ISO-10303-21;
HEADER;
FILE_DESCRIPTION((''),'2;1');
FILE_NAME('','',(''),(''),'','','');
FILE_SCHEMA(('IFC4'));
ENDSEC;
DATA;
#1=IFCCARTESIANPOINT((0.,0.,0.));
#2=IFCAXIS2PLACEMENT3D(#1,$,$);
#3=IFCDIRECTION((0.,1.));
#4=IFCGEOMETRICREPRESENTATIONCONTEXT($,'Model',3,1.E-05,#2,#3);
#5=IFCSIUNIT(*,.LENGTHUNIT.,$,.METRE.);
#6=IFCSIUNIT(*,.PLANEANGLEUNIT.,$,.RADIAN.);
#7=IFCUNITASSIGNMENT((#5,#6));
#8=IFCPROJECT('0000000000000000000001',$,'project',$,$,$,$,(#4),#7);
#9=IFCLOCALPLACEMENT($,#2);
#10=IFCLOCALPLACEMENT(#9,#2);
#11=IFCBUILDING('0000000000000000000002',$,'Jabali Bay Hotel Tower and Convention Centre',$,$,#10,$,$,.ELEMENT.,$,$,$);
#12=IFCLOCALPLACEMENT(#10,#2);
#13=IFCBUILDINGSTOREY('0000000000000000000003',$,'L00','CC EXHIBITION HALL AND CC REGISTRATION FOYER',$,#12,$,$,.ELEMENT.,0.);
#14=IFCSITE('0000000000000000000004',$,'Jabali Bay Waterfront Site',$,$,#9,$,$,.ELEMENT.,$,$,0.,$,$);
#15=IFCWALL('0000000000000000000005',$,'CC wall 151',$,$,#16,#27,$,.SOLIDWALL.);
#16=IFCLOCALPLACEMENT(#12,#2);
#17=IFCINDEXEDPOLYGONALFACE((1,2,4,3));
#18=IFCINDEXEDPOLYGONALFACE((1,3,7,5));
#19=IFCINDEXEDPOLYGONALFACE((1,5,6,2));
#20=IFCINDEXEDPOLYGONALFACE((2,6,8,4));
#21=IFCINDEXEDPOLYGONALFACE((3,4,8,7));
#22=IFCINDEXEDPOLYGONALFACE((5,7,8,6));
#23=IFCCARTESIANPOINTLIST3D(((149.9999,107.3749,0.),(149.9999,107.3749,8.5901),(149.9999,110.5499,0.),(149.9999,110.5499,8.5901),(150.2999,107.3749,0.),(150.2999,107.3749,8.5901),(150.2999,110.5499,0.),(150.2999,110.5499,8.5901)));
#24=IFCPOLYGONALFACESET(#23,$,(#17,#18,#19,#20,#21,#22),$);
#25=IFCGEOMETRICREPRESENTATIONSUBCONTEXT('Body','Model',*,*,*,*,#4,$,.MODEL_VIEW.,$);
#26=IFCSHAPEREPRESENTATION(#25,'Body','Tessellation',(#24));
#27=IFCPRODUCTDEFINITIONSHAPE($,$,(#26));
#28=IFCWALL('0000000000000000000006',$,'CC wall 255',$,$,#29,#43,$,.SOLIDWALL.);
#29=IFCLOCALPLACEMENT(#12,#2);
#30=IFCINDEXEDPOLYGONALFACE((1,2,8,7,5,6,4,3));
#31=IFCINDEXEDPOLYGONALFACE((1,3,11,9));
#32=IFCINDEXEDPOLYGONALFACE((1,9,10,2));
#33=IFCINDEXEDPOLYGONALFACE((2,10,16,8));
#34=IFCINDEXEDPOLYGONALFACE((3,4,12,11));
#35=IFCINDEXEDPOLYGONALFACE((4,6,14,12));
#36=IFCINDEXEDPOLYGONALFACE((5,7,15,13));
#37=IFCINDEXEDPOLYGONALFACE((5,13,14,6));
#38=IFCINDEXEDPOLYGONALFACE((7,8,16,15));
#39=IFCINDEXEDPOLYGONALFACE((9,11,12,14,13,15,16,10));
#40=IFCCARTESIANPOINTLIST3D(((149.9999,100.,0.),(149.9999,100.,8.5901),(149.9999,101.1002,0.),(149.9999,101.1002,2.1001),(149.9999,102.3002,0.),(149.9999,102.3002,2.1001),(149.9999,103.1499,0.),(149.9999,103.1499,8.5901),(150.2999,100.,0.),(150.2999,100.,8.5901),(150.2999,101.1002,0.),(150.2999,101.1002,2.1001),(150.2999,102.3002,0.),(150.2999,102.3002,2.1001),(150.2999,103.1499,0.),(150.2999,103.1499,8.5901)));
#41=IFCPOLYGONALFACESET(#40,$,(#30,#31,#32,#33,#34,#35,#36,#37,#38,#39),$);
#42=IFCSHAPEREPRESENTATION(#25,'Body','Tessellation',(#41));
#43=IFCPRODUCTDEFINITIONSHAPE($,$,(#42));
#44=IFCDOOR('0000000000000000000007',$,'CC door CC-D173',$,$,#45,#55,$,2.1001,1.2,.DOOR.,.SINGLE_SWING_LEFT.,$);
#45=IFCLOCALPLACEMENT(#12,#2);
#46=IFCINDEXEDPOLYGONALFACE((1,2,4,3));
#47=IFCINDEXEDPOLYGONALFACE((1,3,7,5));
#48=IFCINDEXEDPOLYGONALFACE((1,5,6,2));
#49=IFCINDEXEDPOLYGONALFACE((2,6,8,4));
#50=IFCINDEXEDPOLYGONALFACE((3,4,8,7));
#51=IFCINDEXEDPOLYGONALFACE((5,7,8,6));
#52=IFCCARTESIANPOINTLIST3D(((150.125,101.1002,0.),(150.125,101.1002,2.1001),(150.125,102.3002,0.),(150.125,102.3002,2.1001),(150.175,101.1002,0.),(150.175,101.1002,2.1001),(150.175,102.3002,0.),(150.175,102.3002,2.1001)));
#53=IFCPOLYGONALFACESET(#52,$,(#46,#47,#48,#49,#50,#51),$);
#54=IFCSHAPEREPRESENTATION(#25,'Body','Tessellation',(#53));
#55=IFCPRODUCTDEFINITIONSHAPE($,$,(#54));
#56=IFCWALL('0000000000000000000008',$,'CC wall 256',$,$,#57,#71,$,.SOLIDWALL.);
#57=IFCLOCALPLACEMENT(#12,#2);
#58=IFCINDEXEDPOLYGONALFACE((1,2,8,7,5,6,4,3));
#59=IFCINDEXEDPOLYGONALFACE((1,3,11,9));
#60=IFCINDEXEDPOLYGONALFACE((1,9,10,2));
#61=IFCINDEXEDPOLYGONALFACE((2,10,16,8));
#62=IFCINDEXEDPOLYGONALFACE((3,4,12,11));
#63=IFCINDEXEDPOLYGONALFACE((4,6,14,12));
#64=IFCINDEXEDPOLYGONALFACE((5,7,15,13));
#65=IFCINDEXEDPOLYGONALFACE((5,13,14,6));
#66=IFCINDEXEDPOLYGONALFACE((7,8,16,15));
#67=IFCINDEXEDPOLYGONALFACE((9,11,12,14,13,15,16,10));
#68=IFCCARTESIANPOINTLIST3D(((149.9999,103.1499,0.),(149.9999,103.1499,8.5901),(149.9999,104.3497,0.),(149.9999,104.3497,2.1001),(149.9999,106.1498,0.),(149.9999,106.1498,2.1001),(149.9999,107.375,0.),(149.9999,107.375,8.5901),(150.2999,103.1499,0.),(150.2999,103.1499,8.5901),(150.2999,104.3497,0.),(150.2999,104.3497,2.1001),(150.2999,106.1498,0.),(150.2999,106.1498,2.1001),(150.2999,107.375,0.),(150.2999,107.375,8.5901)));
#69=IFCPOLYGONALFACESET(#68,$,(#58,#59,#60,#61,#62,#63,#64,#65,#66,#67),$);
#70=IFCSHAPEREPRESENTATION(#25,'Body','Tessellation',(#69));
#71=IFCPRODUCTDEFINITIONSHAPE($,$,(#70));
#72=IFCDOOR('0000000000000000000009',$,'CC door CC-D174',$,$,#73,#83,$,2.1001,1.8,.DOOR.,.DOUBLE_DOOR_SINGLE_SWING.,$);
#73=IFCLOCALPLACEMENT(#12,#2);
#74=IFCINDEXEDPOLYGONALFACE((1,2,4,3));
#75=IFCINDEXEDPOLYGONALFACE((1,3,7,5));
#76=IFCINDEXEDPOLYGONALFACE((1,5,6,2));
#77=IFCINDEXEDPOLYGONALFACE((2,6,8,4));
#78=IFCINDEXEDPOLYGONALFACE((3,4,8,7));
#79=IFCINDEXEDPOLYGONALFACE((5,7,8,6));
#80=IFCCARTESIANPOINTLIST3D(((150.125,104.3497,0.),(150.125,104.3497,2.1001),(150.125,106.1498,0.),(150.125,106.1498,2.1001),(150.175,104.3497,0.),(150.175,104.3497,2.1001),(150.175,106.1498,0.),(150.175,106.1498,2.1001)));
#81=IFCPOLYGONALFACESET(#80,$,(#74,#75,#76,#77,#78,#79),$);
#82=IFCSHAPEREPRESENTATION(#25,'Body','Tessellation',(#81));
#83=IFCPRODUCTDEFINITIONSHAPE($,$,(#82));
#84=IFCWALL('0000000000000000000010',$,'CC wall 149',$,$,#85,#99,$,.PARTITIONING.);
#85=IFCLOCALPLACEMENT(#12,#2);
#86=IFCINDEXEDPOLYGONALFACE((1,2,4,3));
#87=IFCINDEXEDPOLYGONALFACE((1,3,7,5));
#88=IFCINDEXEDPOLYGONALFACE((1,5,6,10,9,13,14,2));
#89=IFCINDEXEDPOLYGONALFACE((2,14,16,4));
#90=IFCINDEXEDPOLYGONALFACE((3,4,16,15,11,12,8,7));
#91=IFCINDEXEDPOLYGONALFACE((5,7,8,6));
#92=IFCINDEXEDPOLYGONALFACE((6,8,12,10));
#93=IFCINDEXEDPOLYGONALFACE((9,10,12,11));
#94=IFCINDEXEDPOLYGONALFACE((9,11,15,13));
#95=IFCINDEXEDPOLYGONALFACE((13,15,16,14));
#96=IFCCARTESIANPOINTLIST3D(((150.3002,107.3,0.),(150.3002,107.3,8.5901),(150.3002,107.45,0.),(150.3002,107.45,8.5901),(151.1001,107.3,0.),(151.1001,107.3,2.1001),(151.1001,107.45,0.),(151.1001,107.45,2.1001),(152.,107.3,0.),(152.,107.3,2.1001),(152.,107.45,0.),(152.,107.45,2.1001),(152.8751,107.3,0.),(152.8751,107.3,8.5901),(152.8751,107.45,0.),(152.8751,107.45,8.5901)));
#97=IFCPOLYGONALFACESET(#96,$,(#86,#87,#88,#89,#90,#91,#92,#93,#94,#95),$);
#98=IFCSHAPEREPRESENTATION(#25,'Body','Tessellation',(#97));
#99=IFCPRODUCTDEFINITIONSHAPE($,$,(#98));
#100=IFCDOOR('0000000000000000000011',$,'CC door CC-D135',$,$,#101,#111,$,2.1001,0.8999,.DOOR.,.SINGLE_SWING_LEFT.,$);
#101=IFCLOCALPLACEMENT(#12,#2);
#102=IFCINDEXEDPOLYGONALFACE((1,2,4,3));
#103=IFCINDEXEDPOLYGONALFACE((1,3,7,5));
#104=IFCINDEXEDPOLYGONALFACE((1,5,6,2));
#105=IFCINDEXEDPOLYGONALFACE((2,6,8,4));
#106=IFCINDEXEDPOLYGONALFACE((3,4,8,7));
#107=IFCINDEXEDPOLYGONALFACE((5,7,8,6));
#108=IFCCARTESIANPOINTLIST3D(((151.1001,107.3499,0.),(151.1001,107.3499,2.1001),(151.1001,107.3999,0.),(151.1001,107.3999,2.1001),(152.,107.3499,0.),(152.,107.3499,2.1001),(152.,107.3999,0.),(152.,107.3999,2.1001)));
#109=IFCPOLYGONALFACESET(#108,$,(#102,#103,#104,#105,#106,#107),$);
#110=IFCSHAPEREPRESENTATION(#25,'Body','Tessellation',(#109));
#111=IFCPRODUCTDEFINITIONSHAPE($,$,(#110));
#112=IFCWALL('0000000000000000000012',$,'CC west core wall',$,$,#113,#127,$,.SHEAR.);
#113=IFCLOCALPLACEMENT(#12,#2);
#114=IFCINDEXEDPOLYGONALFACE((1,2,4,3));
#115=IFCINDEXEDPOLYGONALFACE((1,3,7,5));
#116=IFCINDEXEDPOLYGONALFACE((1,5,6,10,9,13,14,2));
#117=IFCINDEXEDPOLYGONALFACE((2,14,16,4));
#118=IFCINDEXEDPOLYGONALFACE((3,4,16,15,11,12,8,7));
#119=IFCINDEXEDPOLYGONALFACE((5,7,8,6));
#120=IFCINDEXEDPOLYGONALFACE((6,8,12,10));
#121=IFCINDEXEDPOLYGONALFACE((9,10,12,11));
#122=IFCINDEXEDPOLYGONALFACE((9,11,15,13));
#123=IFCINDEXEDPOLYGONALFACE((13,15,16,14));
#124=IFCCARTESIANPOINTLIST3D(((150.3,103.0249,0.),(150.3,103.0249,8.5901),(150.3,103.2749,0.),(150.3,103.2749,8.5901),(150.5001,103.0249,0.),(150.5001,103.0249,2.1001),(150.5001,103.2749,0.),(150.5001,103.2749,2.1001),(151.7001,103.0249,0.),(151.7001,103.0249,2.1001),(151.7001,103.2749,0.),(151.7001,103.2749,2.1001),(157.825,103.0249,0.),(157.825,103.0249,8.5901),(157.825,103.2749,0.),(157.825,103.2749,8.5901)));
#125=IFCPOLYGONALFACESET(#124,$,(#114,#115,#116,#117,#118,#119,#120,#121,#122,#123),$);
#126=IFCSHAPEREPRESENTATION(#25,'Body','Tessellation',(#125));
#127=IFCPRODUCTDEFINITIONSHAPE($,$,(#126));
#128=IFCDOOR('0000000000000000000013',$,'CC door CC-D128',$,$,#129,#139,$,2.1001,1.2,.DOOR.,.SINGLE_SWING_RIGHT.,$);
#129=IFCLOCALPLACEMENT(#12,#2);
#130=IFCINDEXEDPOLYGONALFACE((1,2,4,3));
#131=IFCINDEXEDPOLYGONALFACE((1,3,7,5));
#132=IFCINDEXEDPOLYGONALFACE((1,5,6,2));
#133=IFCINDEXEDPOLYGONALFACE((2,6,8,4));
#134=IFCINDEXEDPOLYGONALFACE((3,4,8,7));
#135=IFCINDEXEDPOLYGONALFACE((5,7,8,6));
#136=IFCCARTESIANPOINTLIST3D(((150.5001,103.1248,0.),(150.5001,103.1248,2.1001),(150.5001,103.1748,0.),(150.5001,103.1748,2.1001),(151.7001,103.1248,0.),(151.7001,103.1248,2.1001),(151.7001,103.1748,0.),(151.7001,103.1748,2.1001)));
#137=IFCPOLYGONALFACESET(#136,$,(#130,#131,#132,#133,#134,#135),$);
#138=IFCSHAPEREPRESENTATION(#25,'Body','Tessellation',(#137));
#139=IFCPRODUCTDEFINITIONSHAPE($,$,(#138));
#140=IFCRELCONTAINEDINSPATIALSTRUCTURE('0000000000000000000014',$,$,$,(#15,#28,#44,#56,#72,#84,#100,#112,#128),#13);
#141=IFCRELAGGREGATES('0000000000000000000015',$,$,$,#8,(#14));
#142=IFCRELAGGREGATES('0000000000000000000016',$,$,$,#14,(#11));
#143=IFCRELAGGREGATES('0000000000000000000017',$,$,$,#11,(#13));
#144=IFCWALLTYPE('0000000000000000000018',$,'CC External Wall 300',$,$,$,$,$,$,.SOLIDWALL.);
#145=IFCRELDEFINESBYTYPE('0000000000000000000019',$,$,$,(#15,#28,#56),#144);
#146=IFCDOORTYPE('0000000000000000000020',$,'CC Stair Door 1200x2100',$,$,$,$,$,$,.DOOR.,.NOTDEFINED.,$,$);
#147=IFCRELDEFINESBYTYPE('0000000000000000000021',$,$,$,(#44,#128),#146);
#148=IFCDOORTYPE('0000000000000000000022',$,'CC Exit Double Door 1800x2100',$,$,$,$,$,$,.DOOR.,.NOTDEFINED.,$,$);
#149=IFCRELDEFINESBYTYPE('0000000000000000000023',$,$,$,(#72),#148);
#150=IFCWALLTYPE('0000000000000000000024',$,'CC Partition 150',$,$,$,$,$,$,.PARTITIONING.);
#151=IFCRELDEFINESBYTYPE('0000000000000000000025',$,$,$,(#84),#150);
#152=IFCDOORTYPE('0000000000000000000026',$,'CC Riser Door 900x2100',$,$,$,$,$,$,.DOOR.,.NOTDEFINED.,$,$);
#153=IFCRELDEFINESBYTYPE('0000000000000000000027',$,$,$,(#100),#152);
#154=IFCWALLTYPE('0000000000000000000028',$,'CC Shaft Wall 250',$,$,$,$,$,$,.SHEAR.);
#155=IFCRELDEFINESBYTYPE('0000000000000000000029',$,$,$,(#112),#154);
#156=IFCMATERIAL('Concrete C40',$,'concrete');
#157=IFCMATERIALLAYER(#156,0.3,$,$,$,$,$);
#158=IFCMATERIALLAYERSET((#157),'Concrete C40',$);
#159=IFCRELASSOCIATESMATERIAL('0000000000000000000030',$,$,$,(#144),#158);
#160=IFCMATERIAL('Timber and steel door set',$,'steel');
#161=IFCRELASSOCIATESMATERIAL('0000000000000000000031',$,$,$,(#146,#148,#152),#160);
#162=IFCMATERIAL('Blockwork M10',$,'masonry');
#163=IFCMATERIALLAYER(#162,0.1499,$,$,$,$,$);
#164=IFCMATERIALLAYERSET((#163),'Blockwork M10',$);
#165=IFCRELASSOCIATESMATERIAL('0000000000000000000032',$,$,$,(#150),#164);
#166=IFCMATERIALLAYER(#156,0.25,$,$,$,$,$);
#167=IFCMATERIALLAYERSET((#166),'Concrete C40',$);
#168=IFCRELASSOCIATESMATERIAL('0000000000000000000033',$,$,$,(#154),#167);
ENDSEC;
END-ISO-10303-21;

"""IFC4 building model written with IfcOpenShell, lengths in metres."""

from ifc_helpers import new_model, si_unit, direction, frame, frame_2d, origin, place, context, subcontext, project, spatial, rectangle, extrude, material, layer, layer_set, type_object, element, fill, save


model = new_model("IFC4")

# Units and contexts
model_context = context("Model", 3, precision=1e-05, world=origin(), true_north=direction((0.0, 1.0)))
body_context = subcontext(model_context, "Body", "Model", "MODEL_VIEW")
ifc_project = project(units=[si_unit("LENGTHUNIT", "METRE"), si_unit("PLANEANGLEUNIT", "RADIAN")], contexts=[model_context])

# Site, building, storey
site_placement = place(None, origin())
site = spatial("IfcSite", under=ifc_project, at=site_placement, Name="Jabali Bay Waterfront Site", CompositionType="ELEMENT", RefElevation=0.0)
building_placement = place(site_placement, origin())
building = spatial("IfcBuilding", under=site, at=building_placement, Name="Jabali Bay Hotel Tower and Convention Centre", CompositionType="ELEMENT")
storey_placement = place(building_placement, origin())
storey = spatial("IfcBuildingStorey", under=building, at=storey_placement, Name="L00", Description="CC EXHIBITION HALL AND CC REGISTRATION FOYER", CompositionType="ELEMENT", Elevation=0.0)

# Shared definitions
ifc_material_1 = material(Name="Concrete C40", Category="concrete")

# Wall
ifc_layer_1 = layer(ifc_material_1, 0.3)
ifc_layer_set_1 = layer_set([ifc_layer_1], Name="Concrete C40")
wall_type_1 = type_object("IfcWallType", Name="CC External Wall 300", PredefinedType="SOLIDWALL", material=ifc_layer_set_1)
wall_1_placement = place(storey_placement, frame((150.1499, 107.375, 0.0), z_axis=(0.0, 0.0, 1.0), x_axis=(0.0, 1.0, 0.0)))
element("IfcWall", 1, at=wall_1_placement, inside=storey, type_object=wall_type_1, Name="CC wall 151", PredefinedType="SOLIDWALL", context=body_context, shape_type="SweptSolid", body=[
    extrude(rectangle(XDim=3.175, YDim=0.3, at=frame_2d((1.5874, 0.0))), origin(), (0.0, 0.0, 1.0), 8.5901),
])

# Walls, openings, doors
wall_2_placement = place(storey_placement, frame((150.1499, 100.0, 0.0), z_axis=(0.0, 0.0, 1.0), x_axis=(0.0, 1.0, 0.0)))
wall_2 = element("IfcWall", 2, at=wall_2_placement, inside=storey, type_object=wall_type_1, Name="CC wall 255", PredefinedType="SOLIDWALL", context=body_context, shape_type="SweptSolid", body=[
    extrude(rectangle(XDim=3.1499, YDim=0.3, at=frame_2d((1.575, 0.0))), origin(), (0.0, 0.0, 1.0), 8.5901),
])
opening_1_placement = place(wall_2_placement, frame((1.1001, 0.0, 0.0)))
opening_1 = element("IfcOpeningElement", 3, at=opening_1_placement, cuts=wall_2, PredefinedType="OPENING", context=body_context, shape_type="SweptSolid", body=[
    extrude(rectangle(XDim=1.2, YDim=2.1001, at=frame_2d((0.6001, 1.05))), frame((0.0, 0.1606, 0.0), z_axis=(0.0, -1.0, 0.0), x_axis=(1.0, 0.0, 0.0)), (0.0, 0.0, 1.0), 0.321),
])
ifc_material_2 = material(Name="Timber and steel door set", Category="steel")
door_type_1 = type_object("IfcDoorType", Name="CC Stair Door 1200x2100", OperationType="NOTDEFINED", PredefinedType="DOOR", material=ifc_material_2)
door_1_placement = place(opening_1_placement, origin())
door_1 = element("IfcDoor", 4, at=door_1_placement, inside=storey, type_object=door_type_1, Name="CC door CC-D173", OperationType="SINGLE_SWING_LEFT", OverallHeight=2.1001, OverallWidth=1.2, PredefinedType="DOOR", context=body_context, shape_type="SweptSolid", body=[
    extrude(rectangle(XDim=1.2, YDim=2.1001, at=frame_2d((0.6001, 1.05))), frame((0.0, 0.0249, 0.0), z_axis=(0.0, -1.0, 0.0), x_axis=(1.0, 0.0, 0.0)), (0.0, 0.0, 1.0), 0.05),
])
fill(opening_1, door_1)
wall_3_placement = place(storey_placement, frame((150.1499, 103.1499, 0.0), z_axis=(0.0, 0.0, 1.0), x_axis=(0.0, 1.0, 0.0)))
wall_3 = element("IfcWall", 5, at=wall_3_placement, inside=storey, type_object=wall_type_1, Name="CC wall 256", PredefinedType="SOLIDWALL", context=body_context, shape_type="SweptSolid", body=[
    extrude(rectangle(XDim=4.2251, YDim=0.3, at=frame_2d((2.1125, 0.0))), origin(), (0.0, 0.0, 1.0), 8.5901),
])
opening_2_placement = place(wall_3_placement, frame((1.2, 0.0, 0.0)))
opening_2 = element("IfcOpeningElement", 6, at=opening_2_placement, cuts=wall_3, PredefinedType="OPENING", context=body_context, shape_type="SweptSolid", body=[
    extrude(rectangle(XDim=1.8, YDim=2.1001, at=frame_2d((0.8999, 1.05))), frame((0.0, 0.1606, 0.0), z_axis=(0.0, -1.0, 0.0), x_axis=(1.0, 0.0, 0.0)), (0.0, 0.0, 1.0), 0.321),
])
door_type_2 = type_object("IfcDoorType", Name="CC Exit Double Door 1800x2100", OperationType="NOTDEFINED", PredefinedType="DOOR", material=ifc_material_2)
door_2_placement = place(opening_2_placement, origin())
door_2 = element("IfcDoor", 7, at=door_2_placement, inside=storey, type_object=door_type_2, Name="CC door CC-D174", OperationType="DOUBLE_DOOR_SINGLE_SWING", OverallHeight=2.1001, OverallWidth=1.8, PredefinedType="DOOR", context=body_context, shape_type="SweptSolid", body=[
    extrude(rectangle(XDim=1.8, YDim=2.1001, at=frame_2d((0.8999, 1.05))), frame((0.0, 0.0249, 0.0), z_axis=(0.0, -1.0, 0.0), x_axis=(1.0, 0.0, 0.0)), (0.0, 0.0, 1.0), 0.05),
])
fill(opening_2, door_2)
ifc_material_3 = material(Name="Blockwork M10", Category="masonry")
ifc_layer_2 = layer(ifc_material_3, 0.1499)
ifc_layer_set_2 = layer_set([ifc_layer_2], Name="Blockwork M10")
wall_type_2 = type_object("IfcWallType", Name="CC Partition 150", PredefinedType="PARTITIONING", material=ifc_layer_set_2)
wall_4_placement = place(storey_placement, frame((150.3, 107.375, 0.0), z_axis=(0.0, 0.0, 1.0), x_axis=(1.0, 0.0, 0.0)))
wall_4 = element("IfcWall", 8, at=wall_4_placement, inside=storey, type_object=wall_type_2, Name="CC wall 149", PredefinedType="PARTITIONING", context=body_context, shape_type="SweptSolid", body=[
    extrude(rectangle(XDim=2.575, YDim=0.1499, at=frame_2d((1.2876, 0.0))), origin(), (0.0, 0.0, 1.0), 8.5901),
])
opening_3_placement = place(wall_4_placement, frame((0.8, 0.0, 0.0)))
opening_3 = element("IfcOpeningElement", 9, at=opening_3_placement, cuts=wall_4, PredefinedType="OPENING", context=body_context, shape_type="SweptSolid", body=[
    extrude(rectangle(XDim=0.8999, YDim=2.1001, at=frame_2d((0.45, 1.05))), frame((0.0, 0.0854, 0.0), z_axis=(0.0, -1.0, 0.0), x_axis=(1.0, 0.0, 0.0)), (0.0, 0.0, 1.0), 0.1709),
])
door_type_3 = type_object("IfcDoorType", Name="CC Riser Door 900x2100", OperationType="NOTDEFINED", PredefinedType="DOOR", material=ifc_material_2)
door_3_placement = place(opening_3_placement, origin())
door_3 = element("IfcDoor", 10, at=door_3_placement, inside=storey, type_object=door_type_3, Name="CC door CC-D135", OperationType="SINGLE_SWING_LEFT", OverallHeight=2.1001, OverallWidth=0.8999, PredefinedType="DOOR", context=body_context, shape_type="SweptSolid", body=[
    extrude(rectangle(XDim=0.8999, YDim=2.1001, at=frame_2d((0.45, 1.05))), frame((0.0, 0.0249, 0.0), z_axis=(0.0, -1.0, 0.0), x_axis=(1.0, 0.0, 0.0)), (0.0, 0.0, 1.0), 0.05),
])
fill(opening_3, door_3)
ifc_layer_3 = layer(ifc_material_1, 0.25)
ifc_layer_set_3 = layer_set([ifc_layer_3], Name="Concrete C40")
wall_type_3 = type_object("IfcWallType", Name="CC Shaft Wall 250", PredefinedType="SHEAR", material=ifc_layer_set_3)
wall_5_placement = place(storey_placement, frame((150.3, 103.1499, 0.0), z_axis=(0.0, 0.0, 1.0), x_axis=(1.0, 0.0, 0.0)))
wall_5 = element("IfcWall", 11, at=wall_5_placement, inside=storey, type_object=wall_type_3, Name="CC west core wall", PredefinedType="SHEAR", context=body_context, shape_type="SweptSolid", body=[
    extrude(rectangle(XDim=7.5249, YDim=0.25, at=frame_2d((3.7625, 0.0))), origin(), (0.0, 0.0, 1.0), 8.5901),
])
opening_4_placement = place(wall_5_placement, frame((0.2, 0.0, 0.0)))
opening_4 = element("IfcOpeningElement", 12, at=opening_4_placement, cuts=wall_5, PredefinedType="OPENING", context=body_context, shape_type="SweptSolid", body=[
    extrude(rectangle(XDim=1.2, YDim=2.1001, at=frame_2d((0.6001, 1.05))), frame((0.0, 0.1355, 0.0), z_axis=(0.0, -1.0, 0.0), x_axis=(1.0, 0.0, 0.0)), (0.0, 0.0, 1.0), 0.271),
])
door_4_placement = place(opening_4_placement, origin())
door_4 = element("IfcDoor", 13, at=door_4_placement, inside=storey, type_object=door_type_1, Name="CC door CC-D128", OperationType="SINGLE_SWING_RIGHT", OverallHeight=2.1001, OverallWidth=1.2, PredefinedType="DOOR", context=body_context, shape_type="SweptSolid", body=[
    extrude(rectangle(XDim=1.2, YDim=2.1001, at=frame_2d((0.6001, 1.05))), frame((0.0, 0.0249, 0.0), z_axis=(0.0, -1.0, 0.0), x_axis=(1.0, 0.0, 0.0)), (0.0, 0.0, 1.0), 0.05),
])
fill(opening_4, door_4)

save(model, "model.ifc")
